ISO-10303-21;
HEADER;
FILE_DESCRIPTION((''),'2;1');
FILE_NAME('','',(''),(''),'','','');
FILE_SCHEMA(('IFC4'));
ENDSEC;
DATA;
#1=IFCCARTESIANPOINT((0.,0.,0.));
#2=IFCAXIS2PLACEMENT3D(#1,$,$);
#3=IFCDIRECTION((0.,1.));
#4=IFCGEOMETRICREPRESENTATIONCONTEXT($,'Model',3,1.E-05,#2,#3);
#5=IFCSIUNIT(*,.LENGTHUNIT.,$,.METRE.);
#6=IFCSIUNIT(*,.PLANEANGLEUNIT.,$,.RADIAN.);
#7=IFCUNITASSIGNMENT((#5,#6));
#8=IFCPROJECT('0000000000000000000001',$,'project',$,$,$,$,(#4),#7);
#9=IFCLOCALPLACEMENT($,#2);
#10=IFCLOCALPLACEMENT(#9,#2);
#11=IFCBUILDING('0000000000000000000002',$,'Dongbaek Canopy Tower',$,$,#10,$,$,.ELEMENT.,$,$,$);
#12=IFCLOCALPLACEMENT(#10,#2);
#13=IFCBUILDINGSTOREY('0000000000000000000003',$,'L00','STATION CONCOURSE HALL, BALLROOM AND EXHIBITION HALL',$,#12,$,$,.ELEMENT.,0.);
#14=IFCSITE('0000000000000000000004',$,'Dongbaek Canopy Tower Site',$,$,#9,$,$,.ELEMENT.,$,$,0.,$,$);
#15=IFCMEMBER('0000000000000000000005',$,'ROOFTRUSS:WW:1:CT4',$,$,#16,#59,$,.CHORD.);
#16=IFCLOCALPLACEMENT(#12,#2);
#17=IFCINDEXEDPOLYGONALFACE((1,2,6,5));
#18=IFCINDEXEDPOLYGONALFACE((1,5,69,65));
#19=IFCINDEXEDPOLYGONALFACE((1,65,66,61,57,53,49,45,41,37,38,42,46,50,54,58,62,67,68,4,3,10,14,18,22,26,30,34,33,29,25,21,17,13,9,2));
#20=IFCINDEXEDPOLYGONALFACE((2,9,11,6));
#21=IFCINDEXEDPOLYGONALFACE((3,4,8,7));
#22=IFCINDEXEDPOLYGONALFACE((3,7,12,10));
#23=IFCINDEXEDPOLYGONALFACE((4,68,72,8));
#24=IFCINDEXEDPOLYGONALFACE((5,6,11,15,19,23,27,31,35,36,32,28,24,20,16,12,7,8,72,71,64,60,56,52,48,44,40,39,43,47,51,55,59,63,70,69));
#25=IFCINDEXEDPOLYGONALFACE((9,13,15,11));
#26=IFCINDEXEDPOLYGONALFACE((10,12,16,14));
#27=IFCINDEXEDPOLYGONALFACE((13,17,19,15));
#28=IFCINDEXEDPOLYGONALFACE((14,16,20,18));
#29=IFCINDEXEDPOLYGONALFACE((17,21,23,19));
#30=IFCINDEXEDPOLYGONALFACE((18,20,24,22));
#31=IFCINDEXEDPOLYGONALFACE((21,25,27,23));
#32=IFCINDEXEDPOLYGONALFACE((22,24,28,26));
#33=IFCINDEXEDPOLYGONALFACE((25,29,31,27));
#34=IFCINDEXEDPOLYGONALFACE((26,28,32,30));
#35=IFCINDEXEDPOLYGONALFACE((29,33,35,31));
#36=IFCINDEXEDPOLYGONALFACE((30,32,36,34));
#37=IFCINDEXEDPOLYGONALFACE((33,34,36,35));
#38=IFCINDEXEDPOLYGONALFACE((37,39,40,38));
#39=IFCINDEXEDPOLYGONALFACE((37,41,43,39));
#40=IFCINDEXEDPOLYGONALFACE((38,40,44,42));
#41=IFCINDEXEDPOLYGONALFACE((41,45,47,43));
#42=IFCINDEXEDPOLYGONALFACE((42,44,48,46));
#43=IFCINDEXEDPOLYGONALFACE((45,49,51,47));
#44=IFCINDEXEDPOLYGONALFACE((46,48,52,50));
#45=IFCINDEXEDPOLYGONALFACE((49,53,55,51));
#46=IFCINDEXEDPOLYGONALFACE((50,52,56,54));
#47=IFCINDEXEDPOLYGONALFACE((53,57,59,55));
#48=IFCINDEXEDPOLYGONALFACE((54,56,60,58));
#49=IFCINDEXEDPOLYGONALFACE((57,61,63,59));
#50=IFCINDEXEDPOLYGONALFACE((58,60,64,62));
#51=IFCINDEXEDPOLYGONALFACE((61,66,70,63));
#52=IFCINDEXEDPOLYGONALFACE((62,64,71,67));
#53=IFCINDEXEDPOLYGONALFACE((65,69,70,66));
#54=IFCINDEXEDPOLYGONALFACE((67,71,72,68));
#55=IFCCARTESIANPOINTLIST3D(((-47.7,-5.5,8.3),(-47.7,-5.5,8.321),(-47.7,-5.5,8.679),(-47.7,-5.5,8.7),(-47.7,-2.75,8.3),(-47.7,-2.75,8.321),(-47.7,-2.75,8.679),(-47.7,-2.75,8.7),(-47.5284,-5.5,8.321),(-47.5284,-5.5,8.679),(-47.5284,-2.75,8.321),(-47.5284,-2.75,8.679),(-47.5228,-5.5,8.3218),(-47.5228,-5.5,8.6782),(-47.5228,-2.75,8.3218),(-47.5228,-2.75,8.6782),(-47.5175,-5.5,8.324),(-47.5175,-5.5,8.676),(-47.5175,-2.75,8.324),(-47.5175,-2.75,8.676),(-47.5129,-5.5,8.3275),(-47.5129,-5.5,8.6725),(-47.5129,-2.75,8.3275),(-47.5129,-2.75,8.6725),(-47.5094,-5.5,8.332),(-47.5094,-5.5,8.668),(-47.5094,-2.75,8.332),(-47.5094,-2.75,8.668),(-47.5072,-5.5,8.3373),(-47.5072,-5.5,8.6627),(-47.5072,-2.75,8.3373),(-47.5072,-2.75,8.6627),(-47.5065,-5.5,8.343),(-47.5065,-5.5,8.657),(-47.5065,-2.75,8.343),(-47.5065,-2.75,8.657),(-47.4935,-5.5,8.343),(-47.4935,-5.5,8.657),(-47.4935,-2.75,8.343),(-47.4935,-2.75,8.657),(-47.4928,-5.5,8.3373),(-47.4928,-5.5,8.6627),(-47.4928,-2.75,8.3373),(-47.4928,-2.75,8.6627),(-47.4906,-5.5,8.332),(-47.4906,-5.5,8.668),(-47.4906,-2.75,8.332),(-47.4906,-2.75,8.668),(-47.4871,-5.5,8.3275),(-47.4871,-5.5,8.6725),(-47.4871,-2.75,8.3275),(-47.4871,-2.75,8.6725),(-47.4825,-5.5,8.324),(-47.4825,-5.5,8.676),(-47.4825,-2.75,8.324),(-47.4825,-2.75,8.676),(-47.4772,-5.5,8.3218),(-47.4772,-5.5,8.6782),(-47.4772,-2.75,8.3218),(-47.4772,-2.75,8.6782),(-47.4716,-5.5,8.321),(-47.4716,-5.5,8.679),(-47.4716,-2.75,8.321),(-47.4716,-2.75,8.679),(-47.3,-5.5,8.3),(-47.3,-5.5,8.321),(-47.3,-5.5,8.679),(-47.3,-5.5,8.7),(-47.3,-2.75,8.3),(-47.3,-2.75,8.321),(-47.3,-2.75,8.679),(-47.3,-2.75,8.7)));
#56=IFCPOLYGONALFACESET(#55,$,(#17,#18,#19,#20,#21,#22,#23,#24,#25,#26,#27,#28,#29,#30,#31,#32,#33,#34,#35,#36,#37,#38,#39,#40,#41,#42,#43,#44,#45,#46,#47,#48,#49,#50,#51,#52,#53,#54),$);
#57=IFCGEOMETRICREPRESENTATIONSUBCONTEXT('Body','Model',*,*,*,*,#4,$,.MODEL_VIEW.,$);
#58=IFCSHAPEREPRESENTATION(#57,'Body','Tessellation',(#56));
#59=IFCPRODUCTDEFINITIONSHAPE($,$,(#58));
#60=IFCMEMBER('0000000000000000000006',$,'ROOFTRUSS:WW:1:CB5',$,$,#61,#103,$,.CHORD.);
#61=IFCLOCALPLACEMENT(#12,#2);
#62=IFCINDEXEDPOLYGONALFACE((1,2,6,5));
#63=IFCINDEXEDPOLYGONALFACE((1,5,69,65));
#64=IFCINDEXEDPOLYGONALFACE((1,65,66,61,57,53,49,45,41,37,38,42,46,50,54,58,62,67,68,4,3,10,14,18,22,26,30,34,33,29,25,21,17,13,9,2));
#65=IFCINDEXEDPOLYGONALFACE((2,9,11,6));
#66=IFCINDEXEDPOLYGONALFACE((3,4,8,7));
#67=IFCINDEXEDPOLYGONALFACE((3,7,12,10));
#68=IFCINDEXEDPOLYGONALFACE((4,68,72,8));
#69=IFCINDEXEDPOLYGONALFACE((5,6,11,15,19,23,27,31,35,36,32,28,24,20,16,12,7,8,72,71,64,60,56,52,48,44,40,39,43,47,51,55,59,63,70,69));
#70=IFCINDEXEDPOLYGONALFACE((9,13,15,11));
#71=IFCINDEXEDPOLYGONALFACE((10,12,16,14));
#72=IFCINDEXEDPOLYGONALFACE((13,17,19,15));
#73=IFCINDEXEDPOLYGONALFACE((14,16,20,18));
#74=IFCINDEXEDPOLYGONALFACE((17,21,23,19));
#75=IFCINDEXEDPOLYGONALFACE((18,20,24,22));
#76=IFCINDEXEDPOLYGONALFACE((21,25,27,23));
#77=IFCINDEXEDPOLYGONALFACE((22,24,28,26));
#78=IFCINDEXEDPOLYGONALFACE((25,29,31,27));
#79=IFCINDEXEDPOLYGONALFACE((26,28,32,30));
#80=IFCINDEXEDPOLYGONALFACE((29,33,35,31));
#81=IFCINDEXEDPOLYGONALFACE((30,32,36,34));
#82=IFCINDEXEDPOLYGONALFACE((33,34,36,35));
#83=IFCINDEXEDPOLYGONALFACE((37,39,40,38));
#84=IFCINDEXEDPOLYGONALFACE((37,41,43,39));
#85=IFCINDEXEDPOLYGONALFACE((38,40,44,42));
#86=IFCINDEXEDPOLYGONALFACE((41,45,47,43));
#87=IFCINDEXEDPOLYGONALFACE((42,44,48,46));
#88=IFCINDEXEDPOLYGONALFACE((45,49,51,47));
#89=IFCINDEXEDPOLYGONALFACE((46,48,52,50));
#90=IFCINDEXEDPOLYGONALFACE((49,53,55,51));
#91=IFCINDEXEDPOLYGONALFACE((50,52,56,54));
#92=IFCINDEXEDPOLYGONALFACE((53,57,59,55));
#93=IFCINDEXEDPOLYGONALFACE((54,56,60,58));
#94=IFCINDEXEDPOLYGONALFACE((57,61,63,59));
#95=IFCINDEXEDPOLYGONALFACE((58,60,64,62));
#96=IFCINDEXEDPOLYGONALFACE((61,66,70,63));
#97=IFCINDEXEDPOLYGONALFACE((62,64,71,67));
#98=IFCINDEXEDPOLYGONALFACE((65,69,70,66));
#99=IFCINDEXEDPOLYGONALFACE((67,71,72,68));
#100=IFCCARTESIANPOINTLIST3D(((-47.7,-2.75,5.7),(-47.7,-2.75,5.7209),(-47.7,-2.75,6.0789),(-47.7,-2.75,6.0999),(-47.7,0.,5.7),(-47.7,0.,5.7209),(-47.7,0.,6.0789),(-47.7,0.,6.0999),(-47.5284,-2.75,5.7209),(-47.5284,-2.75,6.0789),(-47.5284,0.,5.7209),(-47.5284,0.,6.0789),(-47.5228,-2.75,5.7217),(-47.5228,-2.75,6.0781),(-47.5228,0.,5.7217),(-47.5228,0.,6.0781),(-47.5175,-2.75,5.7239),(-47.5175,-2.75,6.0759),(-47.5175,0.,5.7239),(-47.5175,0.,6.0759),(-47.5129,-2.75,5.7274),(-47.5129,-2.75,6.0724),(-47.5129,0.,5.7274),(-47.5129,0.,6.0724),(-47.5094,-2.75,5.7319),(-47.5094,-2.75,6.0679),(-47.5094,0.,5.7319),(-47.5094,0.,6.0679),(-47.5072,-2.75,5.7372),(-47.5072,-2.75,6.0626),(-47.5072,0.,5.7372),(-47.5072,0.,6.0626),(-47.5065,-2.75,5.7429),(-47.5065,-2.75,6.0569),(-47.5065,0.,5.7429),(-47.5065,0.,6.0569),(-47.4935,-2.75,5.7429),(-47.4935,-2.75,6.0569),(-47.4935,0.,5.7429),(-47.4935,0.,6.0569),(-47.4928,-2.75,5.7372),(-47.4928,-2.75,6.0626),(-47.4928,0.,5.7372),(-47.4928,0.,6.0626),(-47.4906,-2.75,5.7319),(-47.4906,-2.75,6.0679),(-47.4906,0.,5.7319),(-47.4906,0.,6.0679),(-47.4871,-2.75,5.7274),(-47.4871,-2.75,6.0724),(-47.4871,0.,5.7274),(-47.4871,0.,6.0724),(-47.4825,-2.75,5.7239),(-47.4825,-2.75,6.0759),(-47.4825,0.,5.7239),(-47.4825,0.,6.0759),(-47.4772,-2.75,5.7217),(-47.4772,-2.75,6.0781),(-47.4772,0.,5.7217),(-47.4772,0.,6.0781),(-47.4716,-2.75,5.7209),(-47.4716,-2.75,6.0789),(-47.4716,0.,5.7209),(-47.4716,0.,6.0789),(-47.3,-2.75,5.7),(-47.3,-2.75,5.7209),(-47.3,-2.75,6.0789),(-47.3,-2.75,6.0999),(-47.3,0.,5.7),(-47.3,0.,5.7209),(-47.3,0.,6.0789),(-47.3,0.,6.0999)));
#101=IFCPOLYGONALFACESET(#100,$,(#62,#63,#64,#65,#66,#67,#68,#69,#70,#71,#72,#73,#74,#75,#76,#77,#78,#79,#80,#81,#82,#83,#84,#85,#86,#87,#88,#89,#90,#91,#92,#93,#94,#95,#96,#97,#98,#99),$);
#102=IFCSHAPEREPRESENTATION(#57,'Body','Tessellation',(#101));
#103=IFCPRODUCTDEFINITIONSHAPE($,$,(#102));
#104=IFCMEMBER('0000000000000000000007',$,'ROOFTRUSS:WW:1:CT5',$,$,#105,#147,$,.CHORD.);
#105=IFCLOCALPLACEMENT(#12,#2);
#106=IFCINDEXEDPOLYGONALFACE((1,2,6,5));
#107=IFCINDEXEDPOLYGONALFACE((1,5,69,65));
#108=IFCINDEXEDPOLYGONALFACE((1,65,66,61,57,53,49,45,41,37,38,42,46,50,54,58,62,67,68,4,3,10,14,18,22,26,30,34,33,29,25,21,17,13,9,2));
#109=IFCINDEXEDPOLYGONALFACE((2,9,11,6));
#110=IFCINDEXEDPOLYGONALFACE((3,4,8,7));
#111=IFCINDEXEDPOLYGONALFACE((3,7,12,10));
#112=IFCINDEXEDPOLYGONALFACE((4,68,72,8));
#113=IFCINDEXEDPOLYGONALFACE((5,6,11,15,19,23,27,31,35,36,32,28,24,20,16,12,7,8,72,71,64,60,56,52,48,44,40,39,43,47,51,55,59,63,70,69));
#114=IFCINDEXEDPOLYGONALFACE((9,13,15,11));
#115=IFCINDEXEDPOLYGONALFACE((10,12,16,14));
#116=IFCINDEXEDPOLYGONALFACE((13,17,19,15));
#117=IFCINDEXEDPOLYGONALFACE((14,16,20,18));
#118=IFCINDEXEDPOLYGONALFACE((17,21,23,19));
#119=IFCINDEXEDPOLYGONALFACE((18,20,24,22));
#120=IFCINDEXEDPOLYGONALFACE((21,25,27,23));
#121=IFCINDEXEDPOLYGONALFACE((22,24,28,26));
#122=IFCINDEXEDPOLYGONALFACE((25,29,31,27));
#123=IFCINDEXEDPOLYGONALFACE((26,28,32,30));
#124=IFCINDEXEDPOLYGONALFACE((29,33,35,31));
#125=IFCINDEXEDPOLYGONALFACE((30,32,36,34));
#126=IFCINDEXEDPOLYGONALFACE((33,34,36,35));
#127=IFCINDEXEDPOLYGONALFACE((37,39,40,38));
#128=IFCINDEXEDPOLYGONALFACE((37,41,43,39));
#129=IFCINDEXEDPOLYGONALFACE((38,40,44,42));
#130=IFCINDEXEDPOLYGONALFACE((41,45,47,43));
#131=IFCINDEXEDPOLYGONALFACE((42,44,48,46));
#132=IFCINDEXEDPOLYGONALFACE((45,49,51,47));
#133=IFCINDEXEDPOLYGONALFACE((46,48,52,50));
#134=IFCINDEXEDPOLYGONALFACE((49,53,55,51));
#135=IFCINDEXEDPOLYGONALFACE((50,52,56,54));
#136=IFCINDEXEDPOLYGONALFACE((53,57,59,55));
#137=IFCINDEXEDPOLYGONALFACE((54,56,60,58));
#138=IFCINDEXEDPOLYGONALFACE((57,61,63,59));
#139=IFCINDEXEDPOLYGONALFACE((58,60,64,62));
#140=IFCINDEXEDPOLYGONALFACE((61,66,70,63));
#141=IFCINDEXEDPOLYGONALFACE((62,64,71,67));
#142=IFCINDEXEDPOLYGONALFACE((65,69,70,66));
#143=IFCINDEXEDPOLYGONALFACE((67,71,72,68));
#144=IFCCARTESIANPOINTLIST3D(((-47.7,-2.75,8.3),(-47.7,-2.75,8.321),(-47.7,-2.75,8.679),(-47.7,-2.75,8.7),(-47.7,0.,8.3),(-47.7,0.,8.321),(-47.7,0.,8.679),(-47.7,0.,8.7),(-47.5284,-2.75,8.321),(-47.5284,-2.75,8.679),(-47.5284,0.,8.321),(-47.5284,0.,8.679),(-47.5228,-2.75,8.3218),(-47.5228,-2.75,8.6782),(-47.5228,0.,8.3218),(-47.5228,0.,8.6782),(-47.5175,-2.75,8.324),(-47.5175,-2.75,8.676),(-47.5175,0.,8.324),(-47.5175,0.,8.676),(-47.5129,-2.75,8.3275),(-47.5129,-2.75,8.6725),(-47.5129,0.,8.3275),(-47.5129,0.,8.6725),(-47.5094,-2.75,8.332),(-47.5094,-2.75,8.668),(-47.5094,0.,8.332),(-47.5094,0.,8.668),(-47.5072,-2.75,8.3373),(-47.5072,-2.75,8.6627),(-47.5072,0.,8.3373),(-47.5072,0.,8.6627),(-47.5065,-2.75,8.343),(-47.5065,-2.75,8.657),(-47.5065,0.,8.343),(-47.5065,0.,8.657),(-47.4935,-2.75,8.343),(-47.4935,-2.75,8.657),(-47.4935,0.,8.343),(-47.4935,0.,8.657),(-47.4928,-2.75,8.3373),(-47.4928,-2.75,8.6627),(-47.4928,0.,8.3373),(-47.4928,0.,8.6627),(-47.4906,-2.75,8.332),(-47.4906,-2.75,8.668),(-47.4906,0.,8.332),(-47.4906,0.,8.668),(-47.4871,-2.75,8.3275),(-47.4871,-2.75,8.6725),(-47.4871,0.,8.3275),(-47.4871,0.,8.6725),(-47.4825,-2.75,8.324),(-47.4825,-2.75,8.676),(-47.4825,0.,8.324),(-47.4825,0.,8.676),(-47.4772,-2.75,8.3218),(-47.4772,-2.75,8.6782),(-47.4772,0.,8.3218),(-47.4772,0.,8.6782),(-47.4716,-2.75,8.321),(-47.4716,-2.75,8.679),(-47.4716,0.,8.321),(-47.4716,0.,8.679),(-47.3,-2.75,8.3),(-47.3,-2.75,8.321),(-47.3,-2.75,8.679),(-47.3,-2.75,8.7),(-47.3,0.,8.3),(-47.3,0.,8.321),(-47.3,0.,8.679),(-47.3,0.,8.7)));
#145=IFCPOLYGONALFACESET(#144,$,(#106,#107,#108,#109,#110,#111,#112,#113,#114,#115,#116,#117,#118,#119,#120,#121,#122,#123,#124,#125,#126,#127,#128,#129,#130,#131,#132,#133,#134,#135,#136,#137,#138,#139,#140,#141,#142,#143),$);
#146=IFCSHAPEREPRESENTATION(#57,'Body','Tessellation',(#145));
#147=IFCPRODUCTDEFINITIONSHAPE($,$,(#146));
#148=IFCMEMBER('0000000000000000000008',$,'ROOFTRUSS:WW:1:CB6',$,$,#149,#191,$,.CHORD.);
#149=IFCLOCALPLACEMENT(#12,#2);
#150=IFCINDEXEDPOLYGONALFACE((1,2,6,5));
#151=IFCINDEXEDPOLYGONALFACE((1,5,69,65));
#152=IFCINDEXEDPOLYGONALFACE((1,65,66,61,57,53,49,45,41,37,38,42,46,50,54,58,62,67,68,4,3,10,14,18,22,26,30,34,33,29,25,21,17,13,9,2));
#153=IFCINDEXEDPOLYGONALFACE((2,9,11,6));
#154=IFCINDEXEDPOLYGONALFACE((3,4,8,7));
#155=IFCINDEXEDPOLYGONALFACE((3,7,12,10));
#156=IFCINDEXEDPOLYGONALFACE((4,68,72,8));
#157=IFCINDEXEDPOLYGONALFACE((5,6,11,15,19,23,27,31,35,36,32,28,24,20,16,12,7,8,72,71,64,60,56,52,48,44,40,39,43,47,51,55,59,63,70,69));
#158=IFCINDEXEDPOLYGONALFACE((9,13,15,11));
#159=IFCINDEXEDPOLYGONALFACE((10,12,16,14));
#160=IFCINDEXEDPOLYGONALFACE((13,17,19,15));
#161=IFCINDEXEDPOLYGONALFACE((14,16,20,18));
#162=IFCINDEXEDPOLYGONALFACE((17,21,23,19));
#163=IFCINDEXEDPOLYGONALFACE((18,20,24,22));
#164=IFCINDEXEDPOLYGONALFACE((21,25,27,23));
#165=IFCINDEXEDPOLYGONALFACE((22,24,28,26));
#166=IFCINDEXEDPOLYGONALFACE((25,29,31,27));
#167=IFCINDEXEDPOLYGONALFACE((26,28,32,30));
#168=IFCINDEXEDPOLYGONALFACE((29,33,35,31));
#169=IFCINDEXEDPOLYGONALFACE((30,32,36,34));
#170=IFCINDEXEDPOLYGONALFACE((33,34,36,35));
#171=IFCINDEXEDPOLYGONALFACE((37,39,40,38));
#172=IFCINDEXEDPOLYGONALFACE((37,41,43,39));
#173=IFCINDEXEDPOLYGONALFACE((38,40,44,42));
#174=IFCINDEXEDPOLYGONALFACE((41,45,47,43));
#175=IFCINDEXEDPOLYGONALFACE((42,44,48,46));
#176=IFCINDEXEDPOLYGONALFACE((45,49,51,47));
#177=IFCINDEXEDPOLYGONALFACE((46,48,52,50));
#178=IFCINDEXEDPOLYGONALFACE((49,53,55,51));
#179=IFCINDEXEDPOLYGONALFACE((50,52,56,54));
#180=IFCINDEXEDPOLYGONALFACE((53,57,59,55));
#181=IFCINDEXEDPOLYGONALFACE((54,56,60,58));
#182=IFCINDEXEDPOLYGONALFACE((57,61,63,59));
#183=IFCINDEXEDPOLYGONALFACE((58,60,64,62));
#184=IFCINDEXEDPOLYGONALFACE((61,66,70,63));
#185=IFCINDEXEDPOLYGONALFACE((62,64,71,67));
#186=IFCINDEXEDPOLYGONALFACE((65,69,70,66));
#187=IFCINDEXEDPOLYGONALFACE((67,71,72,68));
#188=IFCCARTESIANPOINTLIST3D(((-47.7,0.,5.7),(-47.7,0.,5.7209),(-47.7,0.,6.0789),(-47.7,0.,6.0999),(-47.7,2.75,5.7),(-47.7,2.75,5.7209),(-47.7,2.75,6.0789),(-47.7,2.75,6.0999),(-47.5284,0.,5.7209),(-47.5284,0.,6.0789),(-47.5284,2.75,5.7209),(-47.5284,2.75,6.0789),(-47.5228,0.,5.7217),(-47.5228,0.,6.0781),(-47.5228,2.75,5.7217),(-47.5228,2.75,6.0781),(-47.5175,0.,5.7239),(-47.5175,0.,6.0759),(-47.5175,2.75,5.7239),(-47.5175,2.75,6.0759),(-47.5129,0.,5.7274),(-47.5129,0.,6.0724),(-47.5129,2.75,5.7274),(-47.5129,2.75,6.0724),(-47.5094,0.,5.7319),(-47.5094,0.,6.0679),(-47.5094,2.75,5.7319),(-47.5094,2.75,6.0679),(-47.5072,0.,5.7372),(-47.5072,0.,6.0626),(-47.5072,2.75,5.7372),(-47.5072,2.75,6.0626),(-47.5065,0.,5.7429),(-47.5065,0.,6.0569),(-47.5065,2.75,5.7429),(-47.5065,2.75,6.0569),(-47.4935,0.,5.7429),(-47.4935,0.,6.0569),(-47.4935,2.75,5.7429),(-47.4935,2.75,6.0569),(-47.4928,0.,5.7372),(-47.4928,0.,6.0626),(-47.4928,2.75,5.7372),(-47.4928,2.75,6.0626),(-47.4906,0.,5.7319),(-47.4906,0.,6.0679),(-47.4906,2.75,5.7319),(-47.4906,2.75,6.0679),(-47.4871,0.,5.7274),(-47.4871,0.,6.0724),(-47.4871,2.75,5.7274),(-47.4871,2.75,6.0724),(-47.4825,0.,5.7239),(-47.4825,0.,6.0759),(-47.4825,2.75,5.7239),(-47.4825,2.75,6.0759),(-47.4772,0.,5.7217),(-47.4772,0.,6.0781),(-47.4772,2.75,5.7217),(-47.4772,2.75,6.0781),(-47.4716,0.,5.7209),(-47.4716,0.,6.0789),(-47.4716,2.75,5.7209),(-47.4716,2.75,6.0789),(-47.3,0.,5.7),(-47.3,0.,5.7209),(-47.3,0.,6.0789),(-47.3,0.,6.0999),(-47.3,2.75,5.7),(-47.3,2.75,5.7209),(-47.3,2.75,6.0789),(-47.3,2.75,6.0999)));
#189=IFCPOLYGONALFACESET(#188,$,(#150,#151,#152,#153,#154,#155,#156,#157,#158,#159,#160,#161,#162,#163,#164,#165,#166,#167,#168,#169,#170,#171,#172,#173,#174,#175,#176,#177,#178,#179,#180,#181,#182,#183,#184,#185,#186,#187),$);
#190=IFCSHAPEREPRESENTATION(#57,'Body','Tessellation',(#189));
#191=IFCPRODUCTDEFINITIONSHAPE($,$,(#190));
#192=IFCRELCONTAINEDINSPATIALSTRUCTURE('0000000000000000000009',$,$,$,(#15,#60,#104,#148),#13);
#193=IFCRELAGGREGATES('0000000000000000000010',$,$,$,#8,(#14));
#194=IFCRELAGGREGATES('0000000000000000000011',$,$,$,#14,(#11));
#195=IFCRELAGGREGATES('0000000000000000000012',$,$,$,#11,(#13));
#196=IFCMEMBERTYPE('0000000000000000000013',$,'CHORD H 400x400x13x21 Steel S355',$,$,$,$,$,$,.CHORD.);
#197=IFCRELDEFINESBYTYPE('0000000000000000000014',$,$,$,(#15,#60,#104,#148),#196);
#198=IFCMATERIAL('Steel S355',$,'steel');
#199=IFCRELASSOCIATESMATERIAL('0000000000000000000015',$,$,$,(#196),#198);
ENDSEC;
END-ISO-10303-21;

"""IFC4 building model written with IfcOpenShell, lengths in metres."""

from ifc_helpers import new_model, si_unit, direction, frame, origin, origin_2d, place, context, subcontext, project, spatial, i_section, extrude, material, material_profile, profile_set, type_object, element, save


model = new_model("IFC4")

# Units and contexts
model_context = context("Model", 3, precision=1e-05, world=origin(), true_north=direction((0.0, 1.0)))
body_context = subcontext(model_context, "Body", "Model", "MODEL_VIEW")
ifc_project = project(units=[si_unit("LENGTHUNIT", "METRE"), si_unit("PLANEANGLEUNIT", "RADIAN")], contexts=[model_context])

# Site, building, storey
site_placement = place(None, origin())
site = spatial("IfcSite", under=ifc_project, at=site_placement, Name="Dongbaek Canopy Tower Site", CompositionType="ELEMENT", RefElevation=0.0)
building_placement = place(site_placement, origin())
building = spatial("IfcBuilding", under=site, at=building_placement, Name="Dongbaek Canopy Tower", CompositionType="ELEMENT")
storey_placement = place(building_placement, origin())
storey = spatial("IfcBuildingStorey", under=building, at=storey_placement, Name="L00", Description="STATION CONCOURSE HALL, BALLROOM AND EXHIBITION HALL", CompositionType="ELEMENT", Elevation=0.0)

# Members
ifc_material_1 = material(Name="Steel S355", Category="steel")
ifc_material_profile_1 = material_profile(ifc_material_1, i_section(OverallWidth=0.3999, OverallDepth=0.3999, WebThickness=0.0129, FlangeThickness=0.021, FilletRadius=0.022, at=origin_2d()), Name="CHORD H 400x400x13x21 Steel S355")
ifc_profile_set_1 = profile_set([ifc_material_profile_1], Name="Steel S355")
member_type_1 = type_object("IfcMemberType", Name="CHORD H 400x400x13x21 Steel S355", PredefinedType="CHORD", material=ifc_profile_set_1)
for number, where, z_axis, x_axis, name in (
    (1, (-47.5, -5.5, 8.5), (0.0, 1.0, 0.0), (-1.0, 0.0, 0.0), "ROOFTRUSS:WW:1:CT4"),
    (2, (-47.5, -2.75, 5.8999), (0.0, 1.0, 0.0), (-1.0, 0.0, 0.0), "ROOFTRUSS:WW:1:CB5"),
    (3, (-47.5, -2.75, 8.5), (0.0, 1.0, 0.0), (-1.0, 0.0, 0.0), "ROOFTRUSS:WW:1:CT5"),
    (4, (-47.5, 0.0, 5.8999), (0.0, 1.0, 0.0), (-1.0, 0.0, 0.0), "ROOFTRUSS:WW:1:CB6"),
):
    element("IfcMember", number, at=place(storey_placement, frame(where, z_axis=z_axis, x_axis=x_axis)), inside=storey, type_object=member_type_1, Name=name, PredefinedType="CHORD", context=body_context, shape_type="SweptSolid", body=[
        extrude(i_section(OverallWidth=0.3999, OverallDepth=0.3999, WebThickness=0.0129, FlangeThickness=0.021, FilletRadius=0.022, at=origin_2d()), origin(), (0.0, 0.0, 1.0), 2.75),
    ])

save(model, "model.ifc")
